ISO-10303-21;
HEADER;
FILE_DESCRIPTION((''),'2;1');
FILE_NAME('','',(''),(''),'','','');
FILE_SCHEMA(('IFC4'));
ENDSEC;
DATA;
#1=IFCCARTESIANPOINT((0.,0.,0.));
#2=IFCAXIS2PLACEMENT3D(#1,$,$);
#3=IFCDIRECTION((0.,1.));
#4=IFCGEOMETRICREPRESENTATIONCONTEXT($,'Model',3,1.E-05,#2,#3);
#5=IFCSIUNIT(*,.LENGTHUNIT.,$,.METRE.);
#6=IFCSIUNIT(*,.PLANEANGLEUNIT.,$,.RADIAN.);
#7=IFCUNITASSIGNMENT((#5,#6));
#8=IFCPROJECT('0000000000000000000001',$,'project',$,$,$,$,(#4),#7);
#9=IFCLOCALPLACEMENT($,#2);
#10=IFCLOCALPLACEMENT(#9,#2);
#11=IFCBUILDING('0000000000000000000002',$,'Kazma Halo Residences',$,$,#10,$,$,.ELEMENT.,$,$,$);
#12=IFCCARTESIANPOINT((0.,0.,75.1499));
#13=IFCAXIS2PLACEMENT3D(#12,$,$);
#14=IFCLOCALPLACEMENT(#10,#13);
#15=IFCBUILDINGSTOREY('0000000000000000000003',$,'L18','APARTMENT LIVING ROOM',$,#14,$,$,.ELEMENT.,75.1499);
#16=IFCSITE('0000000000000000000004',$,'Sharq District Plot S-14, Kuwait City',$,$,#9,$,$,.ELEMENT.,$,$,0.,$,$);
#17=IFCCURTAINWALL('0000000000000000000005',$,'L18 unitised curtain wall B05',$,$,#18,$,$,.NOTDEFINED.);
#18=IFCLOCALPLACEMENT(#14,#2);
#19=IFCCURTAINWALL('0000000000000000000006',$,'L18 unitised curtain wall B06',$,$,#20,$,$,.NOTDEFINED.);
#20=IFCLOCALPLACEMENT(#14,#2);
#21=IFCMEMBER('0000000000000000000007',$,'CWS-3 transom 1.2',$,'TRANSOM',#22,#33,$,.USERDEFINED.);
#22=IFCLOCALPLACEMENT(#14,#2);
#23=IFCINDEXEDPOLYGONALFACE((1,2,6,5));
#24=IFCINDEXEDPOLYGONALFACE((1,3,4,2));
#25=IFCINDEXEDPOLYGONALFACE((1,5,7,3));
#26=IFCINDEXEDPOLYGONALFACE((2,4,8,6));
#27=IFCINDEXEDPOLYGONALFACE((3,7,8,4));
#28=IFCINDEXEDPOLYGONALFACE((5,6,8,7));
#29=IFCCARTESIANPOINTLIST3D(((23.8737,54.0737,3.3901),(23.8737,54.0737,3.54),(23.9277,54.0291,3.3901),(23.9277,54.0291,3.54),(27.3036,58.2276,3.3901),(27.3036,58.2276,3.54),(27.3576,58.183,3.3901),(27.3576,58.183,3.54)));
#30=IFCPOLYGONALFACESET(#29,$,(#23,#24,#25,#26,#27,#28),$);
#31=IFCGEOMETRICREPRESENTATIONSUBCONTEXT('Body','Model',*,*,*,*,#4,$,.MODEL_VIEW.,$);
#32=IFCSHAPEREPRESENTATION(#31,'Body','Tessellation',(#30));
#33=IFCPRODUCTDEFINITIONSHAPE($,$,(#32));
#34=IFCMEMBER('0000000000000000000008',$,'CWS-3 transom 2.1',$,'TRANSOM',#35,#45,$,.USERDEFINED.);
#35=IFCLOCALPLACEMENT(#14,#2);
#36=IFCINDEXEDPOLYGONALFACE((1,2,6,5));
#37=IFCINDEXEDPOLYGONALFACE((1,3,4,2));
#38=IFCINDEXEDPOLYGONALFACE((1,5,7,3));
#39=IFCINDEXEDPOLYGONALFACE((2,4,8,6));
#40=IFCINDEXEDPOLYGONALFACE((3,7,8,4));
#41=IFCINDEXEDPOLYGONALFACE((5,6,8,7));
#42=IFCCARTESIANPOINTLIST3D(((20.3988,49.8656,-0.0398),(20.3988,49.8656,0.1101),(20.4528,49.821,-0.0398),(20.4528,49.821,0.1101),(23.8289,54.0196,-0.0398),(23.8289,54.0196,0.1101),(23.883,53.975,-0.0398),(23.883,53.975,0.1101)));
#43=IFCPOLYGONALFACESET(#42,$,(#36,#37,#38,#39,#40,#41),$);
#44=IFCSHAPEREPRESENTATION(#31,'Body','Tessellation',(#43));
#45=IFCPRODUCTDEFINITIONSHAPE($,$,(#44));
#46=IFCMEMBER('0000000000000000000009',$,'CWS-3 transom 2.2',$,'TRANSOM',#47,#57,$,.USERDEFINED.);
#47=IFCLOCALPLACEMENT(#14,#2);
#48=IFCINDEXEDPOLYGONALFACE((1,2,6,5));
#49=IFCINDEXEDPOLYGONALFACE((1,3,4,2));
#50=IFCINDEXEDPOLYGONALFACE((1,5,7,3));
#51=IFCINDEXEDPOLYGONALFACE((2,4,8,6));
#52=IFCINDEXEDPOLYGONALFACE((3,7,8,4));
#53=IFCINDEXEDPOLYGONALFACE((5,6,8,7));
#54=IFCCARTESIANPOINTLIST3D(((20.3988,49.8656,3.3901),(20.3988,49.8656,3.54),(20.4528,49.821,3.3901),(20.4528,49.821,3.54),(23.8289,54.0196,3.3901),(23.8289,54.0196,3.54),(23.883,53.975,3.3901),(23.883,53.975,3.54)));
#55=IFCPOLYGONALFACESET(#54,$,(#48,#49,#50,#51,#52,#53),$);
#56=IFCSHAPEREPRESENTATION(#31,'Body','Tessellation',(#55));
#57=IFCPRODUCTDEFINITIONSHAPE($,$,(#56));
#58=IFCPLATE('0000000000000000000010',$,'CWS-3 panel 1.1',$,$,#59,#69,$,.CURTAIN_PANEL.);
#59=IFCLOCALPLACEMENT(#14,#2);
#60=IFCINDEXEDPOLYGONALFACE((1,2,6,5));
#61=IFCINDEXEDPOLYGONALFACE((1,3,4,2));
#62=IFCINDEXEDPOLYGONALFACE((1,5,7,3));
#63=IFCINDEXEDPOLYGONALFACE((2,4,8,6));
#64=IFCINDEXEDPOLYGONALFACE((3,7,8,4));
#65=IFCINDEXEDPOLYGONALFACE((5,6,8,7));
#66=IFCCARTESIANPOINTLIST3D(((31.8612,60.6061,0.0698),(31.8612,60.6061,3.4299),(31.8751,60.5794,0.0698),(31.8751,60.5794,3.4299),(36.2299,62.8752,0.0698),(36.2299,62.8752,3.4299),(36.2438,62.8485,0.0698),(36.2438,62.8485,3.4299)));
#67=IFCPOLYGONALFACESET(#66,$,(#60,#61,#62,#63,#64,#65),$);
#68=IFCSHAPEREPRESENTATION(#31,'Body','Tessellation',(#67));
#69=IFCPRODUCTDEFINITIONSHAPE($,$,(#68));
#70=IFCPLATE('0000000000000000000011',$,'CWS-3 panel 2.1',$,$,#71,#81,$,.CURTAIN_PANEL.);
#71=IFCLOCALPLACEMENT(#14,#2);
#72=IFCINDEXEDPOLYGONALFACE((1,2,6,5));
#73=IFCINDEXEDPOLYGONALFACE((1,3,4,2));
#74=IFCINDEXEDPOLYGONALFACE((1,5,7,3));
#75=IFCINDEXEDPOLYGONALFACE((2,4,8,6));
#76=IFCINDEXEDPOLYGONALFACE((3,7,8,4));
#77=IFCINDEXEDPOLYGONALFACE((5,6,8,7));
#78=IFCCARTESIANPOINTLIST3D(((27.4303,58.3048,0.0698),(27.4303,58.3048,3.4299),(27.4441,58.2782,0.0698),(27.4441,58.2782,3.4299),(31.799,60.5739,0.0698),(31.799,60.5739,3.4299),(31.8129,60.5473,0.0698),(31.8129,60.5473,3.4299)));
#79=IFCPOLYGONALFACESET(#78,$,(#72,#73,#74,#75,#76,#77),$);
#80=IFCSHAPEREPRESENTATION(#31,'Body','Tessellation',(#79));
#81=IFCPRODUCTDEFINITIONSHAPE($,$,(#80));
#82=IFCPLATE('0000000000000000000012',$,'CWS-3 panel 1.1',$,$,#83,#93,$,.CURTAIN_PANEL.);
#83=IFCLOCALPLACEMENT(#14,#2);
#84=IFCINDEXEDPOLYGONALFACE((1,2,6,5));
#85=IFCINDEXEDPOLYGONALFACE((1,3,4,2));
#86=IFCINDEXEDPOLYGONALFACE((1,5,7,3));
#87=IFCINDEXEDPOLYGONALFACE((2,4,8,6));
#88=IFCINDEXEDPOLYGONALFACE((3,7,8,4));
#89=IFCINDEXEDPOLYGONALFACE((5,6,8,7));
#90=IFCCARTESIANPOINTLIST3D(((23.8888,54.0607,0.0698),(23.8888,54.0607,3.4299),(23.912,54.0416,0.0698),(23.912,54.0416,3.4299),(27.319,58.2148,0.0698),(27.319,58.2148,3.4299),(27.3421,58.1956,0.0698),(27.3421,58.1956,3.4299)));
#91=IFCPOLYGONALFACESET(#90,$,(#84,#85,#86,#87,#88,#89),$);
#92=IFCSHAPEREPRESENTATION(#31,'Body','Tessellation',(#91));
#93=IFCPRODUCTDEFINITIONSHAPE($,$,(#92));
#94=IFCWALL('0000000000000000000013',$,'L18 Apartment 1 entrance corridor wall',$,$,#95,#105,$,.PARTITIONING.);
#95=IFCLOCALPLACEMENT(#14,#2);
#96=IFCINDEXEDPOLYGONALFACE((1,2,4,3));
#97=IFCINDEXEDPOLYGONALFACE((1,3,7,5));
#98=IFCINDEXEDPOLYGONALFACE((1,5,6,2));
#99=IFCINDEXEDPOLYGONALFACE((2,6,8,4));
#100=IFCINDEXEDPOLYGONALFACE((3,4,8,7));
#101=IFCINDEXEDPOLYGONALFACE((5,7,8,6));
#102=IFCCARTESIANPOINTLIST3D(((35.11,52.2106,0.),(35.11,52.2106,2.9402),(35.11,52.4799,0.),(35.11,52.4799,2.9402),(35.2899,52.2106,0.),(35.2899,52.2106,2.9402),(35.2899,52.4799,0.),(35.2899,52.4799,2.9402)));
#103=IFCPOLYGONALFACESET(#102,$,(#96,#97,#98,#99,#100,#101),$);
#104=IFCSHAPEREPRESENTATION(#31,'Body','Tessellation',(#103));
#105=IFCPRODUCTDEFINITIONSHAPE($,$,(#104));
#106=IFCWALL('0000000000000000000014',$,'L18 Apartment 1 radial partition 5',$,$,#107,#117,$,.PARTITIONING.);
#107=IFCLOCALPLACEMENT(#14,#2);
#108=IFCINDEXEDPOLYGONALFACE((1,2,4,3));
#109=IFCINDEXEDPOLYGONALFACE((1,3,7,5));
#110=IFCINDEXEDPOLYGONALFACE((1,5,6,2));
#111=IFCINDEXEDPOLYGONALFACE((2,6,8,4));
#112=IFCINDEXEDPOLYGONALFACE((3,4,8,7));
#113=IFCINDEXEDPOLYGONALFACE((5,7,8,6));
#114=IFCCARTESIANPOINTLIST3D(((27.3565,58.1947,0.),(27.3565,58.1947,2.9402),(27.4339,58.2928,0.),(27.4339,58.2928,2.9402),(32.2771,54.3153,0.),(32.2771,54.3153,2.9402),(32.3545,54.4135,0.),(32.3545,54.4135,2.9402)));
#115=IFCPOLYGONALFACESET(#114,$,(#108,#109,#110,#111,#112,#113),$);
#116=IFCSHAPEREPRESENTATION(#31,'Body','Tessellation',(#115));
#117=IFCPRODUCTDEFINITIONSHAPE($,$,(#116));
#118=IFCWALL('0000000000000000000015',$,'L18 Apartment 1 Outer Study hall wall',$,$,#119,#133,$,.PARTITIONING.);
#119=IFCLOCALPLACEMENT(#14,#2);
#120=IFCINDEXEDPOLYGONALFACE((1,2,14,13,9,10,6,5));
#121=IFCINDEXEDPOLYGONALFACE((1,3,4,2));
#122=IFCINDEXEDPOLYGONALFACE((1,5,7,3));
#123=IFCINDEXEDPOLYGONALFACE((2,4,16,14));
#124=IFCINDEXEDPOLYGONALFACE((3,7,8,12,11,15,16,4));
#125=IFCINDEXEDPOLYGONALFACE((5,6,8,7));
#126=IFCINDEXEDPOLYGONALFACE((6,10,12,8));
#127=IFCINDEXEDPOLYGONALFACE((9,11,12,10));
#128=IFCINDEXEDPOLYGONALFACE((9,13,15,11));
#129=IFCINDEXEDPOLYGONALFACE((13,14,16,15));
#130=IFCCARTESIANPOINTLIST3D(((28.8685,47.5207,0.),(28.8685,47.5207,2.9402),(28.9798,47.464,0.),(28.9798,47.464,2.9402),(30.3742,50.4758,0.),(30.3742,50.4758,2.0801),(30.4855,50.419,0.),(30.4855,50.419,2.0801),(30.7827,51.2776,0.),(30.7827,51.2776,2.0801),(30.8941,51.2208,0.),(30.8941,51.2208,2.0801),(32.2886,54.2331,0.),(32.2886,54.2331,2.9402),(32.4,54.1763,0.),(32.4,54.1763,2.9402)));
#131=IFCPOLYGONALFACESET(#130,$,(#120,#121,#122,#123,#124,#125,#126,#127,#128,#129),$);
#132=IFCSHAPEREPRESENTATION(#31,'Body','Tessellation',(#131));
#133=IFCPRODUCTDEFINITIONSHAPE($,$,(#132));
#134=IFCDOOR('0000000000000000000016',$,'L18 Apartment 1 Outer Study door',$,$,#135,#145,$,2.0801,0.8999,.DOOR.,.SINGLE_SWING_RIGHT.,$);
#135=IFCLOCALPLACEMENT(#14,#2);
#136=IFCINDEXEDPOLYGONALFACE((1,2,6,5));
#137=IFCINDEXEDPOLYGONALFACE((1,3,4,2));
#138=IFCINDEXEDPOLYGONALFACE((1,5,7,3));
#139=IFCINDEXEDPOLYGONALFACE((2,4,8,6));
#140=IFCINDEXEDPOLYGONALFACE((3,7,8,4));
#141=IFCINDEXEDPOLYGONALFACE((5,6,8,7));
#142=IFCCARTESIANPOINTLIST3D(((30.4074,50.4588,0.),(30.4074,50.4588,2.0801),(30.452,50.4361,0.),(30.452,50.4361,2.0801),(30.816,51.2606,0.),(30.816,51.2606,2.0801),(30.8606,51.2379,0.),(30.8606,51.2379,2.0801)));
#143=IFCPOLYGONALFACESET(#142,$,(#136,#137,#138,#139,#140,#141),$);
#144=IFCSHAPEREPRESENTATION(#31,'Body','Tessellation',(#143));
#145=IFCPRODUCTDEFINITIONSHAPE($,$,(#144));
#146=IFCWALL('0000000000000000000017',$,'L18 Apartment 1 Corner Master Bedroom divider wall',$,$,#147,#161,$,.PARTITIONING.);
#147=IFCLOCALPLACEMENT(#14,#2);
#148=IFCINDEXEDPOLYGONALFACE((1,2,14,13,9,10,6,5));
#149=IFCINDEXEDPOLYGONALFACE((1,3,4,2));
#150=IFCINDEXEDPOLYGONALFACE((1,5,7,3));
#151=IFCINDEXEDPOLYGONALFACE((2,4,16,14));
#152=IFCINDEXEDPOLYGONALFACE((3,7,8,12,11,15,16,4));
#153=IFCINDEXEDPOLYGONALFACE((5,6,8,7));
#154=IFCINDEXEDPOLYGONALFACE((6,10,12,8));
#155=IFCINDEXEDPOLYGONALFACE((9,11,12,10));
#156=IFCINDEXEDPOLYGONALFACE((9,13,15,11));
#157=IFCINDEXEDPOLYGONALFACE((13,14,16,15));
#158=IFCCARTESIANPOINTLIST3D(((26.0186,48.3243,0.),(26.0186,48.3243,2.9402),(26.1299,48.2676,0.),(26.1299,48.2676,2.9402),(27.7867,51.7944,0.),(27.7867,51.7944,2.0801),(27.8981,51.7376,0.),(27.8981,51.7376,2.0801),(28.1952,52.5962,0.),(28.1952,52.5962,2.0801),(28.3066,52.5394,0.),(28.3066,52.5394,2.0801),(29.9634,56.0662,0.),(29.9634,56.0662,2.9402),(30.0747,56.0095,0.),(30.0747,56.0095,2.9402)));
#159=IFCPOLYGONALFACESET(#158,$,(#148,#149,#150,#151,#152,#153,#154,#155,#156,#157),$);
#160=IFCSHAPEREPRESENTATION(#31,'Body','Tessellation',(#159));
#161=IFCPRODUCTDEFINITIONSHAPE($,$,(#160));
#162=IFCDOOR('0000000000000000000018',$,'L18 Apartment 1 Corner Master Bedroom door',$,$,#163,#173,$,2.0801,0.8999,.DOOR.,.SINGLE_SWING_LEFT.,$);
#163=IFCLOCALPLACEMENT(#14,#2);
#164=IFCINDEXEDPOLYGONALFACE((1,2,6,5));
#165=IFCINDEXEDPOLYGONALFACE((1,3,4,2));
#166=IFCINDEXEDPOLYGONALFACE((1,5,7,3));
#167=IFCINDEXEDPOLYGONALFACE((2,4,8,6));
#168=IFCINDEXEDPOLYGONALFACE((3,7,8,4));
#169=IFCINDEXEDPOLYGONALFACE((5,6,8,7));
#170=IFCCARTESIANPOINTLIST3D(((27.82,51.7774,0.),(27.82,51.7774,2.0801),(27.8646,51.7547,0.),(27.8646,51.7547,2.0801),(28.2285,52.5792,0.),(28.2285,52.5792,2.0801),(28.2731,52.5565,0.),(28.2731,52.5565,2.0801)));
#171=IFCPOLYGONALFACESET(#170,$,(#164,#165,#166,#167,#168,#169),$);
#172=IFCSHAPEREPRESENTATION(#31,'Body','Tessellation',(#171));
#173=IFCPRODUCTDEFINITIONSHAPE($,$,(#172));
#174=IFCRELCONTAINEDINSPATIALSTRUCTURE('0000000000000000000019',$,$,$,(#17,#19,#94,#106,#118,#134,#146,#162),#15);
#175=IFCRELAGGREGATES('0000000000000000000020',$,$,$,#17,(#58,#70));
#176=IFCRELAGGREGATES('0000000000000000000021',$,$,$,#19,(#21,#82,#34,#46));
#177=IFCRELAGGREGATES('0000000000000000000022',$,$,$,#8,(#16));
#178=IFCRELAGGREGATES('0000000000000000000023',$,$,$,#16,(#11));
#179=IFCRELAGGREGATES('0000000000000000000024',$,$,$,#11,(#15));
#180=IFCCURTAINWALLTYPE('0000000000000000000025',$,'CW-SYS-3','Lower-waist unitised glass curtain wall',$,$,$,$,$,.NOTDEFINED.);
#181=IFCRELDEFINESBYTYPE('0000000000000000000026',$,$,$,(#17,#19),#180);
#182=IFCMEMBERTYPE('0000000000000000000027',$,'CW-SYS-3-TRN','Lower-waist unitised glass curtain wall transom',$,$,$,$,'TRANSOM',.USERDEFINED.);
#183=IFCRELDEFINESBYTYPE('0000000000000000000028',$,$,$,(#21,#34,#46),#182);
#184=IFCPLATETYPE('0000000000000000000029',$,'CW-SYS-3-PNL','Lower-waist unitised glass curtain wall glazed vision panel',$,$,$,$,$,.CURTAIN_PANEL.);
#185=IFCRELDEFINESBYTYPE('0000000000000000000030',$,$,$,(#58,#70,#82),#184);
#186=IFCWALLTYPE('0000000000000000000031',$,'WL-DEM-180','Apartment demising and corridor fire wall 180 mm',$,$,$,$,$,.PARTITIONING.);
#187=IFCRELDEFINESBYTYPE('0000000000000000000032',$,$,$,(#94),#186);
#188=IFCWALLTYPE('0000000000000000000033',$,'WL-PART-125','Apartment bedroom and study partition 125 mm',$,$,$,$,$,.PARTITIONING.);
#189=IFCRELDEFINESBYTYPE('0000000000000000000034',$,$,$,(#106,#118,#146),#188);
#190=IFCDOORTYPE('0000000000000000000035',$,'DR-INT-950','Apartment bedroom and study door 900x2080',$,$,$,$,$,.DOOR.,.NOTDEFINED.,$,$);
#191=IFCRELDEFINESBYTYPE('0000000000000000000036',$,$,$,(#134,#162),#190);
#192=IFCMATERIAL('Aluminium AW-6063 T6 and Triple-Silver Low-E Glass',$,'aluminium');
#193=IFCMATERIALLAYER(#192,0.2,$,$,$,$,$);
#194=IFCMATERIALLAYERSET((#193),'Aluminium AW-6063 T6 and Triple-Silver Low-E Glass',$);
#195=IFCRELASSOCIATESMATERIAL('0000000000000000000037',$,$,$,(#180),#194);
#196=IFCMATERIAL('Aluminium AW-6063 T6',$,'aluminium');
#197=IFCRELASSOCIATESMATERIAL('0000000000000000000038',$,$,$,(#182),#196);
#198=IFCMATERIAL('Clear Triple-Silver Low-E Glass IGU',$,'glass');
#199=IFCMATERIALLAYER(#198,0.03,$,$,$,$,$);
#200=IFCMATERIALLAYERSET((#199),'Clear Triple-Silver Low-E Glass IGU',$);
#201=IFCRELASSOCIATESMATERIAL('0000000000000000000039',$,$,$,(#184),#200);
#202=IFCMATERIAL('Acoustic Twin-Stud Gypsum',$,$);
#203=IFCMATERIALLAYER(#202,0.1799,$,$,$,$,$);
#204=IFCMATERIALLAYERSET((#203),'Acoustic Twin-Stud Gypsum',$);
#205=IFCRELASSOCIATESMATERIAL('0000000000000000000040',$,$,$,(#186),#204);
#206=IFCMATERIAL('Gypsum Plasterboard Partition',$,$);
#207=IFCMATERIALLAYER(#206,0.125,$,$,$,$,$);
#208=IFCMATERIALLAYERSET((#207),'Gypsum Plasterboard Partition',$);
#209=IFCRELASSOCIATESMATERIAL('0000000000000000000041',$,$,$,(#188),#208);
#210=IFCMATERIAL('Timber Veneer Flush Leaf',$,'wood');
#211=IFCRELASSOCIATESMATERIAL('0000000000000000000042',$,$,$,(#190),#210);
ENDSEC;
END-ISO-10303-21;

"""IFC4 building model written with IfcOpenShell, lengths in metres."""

from ifc_helpers import new_model, si_unit, direction, frame, frame_2d, origin, origin_2d, place, context, subcontext, project, spatial, rectangle, extrude, material, layer, layer_set, material_profile, profile_set, type_object, element, fill, aggregate, save


model = new_model("IFC4")

# Units and contexts
model_context = context("Model", 3, precision=1e-05, world=origin(), true_north=direction((0.0, 1.0)))
body_context = subcontext(model_context, "Body", "Model", "MODEL_VIEW")
ifc_project = project(units=[si_unit("LENGTHUNIT", "METRE"), si_unit("PLANEANGLEUNIT", "RADIAN")], contexts=[model_context])

# Site, building, storey
site_placement = place(None, origin())
site = spatial("IfcSite", under=ifc_project, at=site_placement, Name="Sharq District Plot S-14, Kuwait City", CompositionType="ELEMENT", RefElevation=0.0)
building_placement = place(site_placement, origin())
building = spatial("IfcBuilding", under=site, at=building_placement, Name="Kazma Halo Residences", CompositionType="ELEMENT")
storey_placement = place(building_placement, frame((0.0, 0.0, 75.1499)))
storey = spatial("IfcBuildingStorey", under=building, at=storey_placement, Name="L18", Description="APARTMENT LIVING ROOM", CompositionType="ELEMENT", Elevation=75.1499)

# Shared definitions
ifc_material_1 = material(Name="Aluminium AW-6063 T6 and Triple-Silver Low-E Glass", Category="aluminium")
ifc_layer_1 = layer(ifc_material_1, 0.2)
ifc_layer_set_1 = layer_set([ifc_layer_1], Name="Aluminium AW-6063 T6 and Triple-Silver Low-E Glass")
curtain_wall_type = type_object("IfcCurtainWallType", Name="CW-SYS-3", Description="Lower-waist unitised glass curtain wall", PredefinedType="NOTDEFINED", material=ifc_layer_set_1)
ifc_material_2 = material(Name="Aluminium AW-6063 T6", Category="aluminium")

# Curtain walls
curtain_wall_1_placement = place(storey_placement, origin())
curtain_wall_1 = element("IfcCurtainWall", 1, at=curtain_wall_1_placement, inside=storey, type_object=curtain_wall_type, Name="L18 unitised curtain wall B05", PredefinedType="NOTDEFINED")
curtain_wall_2_placement = place(storey_placement, origin())
curtain_wall_2 = element("IfcCurtainWall", 2, at=curtain_wall_2_placement, inside=storey, type_object=curtain_wall_type, Name="L18 unitised curtain wall B06", PredefinedType="NOTDEFINED")

# Members
ifc_material_profile_1 = material_profile(ifc_material_2, rectangle(XDim=0.0701, YDim=0.1499, at=origin_2d()), Name="CWT-70x150")
ifc_profile_set_1 = profile_set([ifc_material_profile_1], Name="Aluminium AW-6063 T6")
member_type_1 = type_object("IfcMemberType", Name="CW-SYS-3-TRN", Description="Lower-waist unitised glass curtain wall transom", ElementType="TRANSOM", PredefinedType="USERDEFINED", material=ifc_profile_set_1)
member_1_placement = place(storey_placement, frame((27.3306, 58.2053, 3.4651), z_axis=(-0.636696, -0.771115, 0.0), x_axis=(0.771115, -0.636696, 0.0)))
member_1 = element("IfcMember", 3, at=member_1_placement, type_object=member_type_1, Name="CWS-3 transom 1.2", ObjectType="TRANSOM", PredefinedType="USERDEFINED", context=body_context, shape_type="SweptSolid", body=[
    extrude(rectangle(XDim=0.0701, YDim=0.1499, at=origin_2d()), origin(), (0.0, 0.0, 1.0), 5.387),
])
member_2_placement = place(storey_placement, frame((23.856, 53.9973, 0.0352), z_axis=(-0.636723, -0.771092, 0.0), x_axis=(0.771092, -0.636723, 0.0)))
member_2 = element("IfcMember", 4, at=member_2_placement, type_object=member_type_1, Name="CWS-3 transom 2.1", ObjectType="TRANSOM", PredefinedType="USERDEFINED", context=body_context, shape_type="SweptSolid", body=[
    extrude(rectangle(XDim=0.0701, YDim=0.1499, at=origin_2d()), origin(), (0.0, 0.0, 1.0), 5.3872),
])
member_3_placement = place(storey_placement, frame((23.856, 53.9973, 3.4651), z_axis=(-0.636723, -0.771092, 0.0), x_axis=(0.771092, -0.636723, 0.0)))
member_3 = element("IfcMember", 5, at=member_3_placement, type_object=member_type_1, Name="CWS-3 transom 2.2", ObjectType="TRANSOM", PredefinedType="USERDEFINED", context=body_context, shape_type="SweptSolid", body=[
    extrude(rectangle(XDim=0.0701, YDim=0.1499, at=origin_2d()), origin(), (0.0, 0.0, 1.0), 5.3872),
])

# Plates
ifc_material_3 = material(Name="Clear Triple-Silver Low-E Glass IGU", Category="glass")
ifc_layer_2 = layer(ifc_material_3, 0.03)
ifc_layer_set_2 = layer_set([ifc_layer_2], Name="Clear Triple-Silver Low-E Glass IGU")
plate_type = type_object("IfcPlateType", Name="CW-SYS-3-PNL", Description="Lower-waist unitised glass curtain wall glazed vision panel", PredefinedType="CURTAIN_PANEL", material=ifc_layer_set_2)
plate_1_placement = place(storey_placement, frame((34.0525, 61.7273, 0.0698), z_axis=(0.0, 0.0, 1.0), x_axis=(-0.887435, -0.460932, 0.0)))
plate_1 = element("IfcPlate", 6, at=plate_1_placement, type_object=plate_type, Name="CWS-3 panel 1.1", PredefinedType="CURTAIN_PANEL", context=body_context, shape_type="SweptSolid", body=[
    extrude(rectangle(XDim=4.9229, YDim=0.03, at=origin_2d()), origin(), (0.0, 0.0, 1.0), 3.3601),
])
plate_2_placement = place(storey_placement, frame((29.6216, 59.426, 0.0698), z_axis=(0.0, 0.0, 1.0), x_axis=(-0.887435, -0.460932, 0.0)))
plate_2 = element("IfcPlate", 7, at=plate_2_placement, type_object=plate_type, Name="CWS-3 panel 2.1", PredefinedType="CURTAIN_PANEL", context=body_context, shape_type="SweptSolid", body=[
    extrude(rectangle(XDim=4.9229, YDim=0.03, at=origin_2d()), origin(), (0.0, 0.0, 1.0), 3.3601),
])
aggregate(curtain_wall_1, [plate_1, plate_2])
plate_3_placement = place(storey_placement, frame((25.6155, 56.1282, 0.0698), z_axis=(0.0, 0.0, 1.0), x_axis=(-0.636721, -0.771095, 0.0)))
plate_3 = element("IfcPlate", 8, at=plate_3_placement, type_object=plate_type, Name="CWS-3 panel 1.1", PredefinedType="CURTAIN_PANEL", context=body_context, shape_type="SweptSolid", body=[
    extrude(rectangle(XDim=5.3872, YDim=0.03, at=origin_2d()), origin(), (0.0, 0.0, 1.0), 3.3601),
])
aggregate(curtain_wall_2, [member_1, plate_3, member_2, member_3])

# Walls
ifc_material_4 = material(Name="Acoustic Twin-Stud Gypsum")
ifc_layer_3 = layer(ifc_material_4, 0.1799)
ifc_layer_set_3 = layer_set([ifc_layer_3], Name="Acoustic Twin-Stud Gypsum")
wall_type_1 = type_object("IfcWallType", Name="WL-DEM-180", Description="Apartment demising and corridor fire wall 180 mm", PredefinedType="PARTITIONING", material=ifc_layer_set_3)
wall_1_placement = place(storey_placement, frame((35.2, 52.48, 0.0), z_axis=(0.0, 0.0, 1.0), x_axis=(0.0, -1.0, 0.0)))
element("IfcWall", 9, at=wall_1_placement, inside=storey, type_object=wall_type_1, Name="L18 Apartment 1 entrance corridor wall", PredefinedType="PARTITIONING", context=body_context, shape_type="SweptSolid", body=[
    extrude(rectangle(XDim=0.2693, YDim=0.1799, at=frame_2d((0.1348, 0.0))), origin(), (0.0, 0.0, 1.0), 2.9402),
])
ifc_material_5 = material(Name="Gypsum Plasterboard Partition")
ifc_layer_4 = layer(ifc_material_5, 0.125)
ifc_layer_set_4 = layer_set([ifc_layer_4], Name="Gypsum Plasterboard Partition")
wall_type_2 = type_object("IfcWallType", Name="WL-PART-125", Description="Apartment bedroom and study partition 125 mm", PredefinedType="PARTITIONING", material=ifc_layer_set_4)
wall_2_placement = place(storey_placement, frame((32.3157, 54.3645, 0.0), z_axis=(0.0, 0.0, 1.0), x_axis=(-0.785296, 0.61912, 0.0)))
element("IfcWall", 10, at=wall_2_placement, inside=storey, type_object=wall_type_2, Name="L18 Apartment 1 radial partition 5", PredefinedType="PARTITIONING", context=body_context, shape_type="SweptSolid", body=[
    extrude(rectangle(XDim=6.2659, YDim=0.125, at=frame_2d((3.1328, 0.0))), origin(), (0.0, 0.0, 1.0), 2.9402),
])

# Walls, openings, doors
wall_3_placement = place(storey_placement, frame((32.3442, 54.2046, 0.0), z_axis=(0.0, 0.0, 1.0), x_axis=(-0.453993, -0.891005, 0.0)))
wall_3 = element("IfcWall", 11, at=wall_3_placement, inside=storey, type_object=wall_type_2, Name="L18 Apartment 1 Outer Study hall wall", PredefinedType="PARTITIONING", context=body_context, shape_type="SweptSolid", body=[
    extrude(rectangle(XDim=7.5334, YDim=0.125, at=frame_2d((3.7666, 0.0))), origin(), (0.0, 0.0, 1.0), 2.9402),
])
opening_1_placement = place(wall_3_placement, frame((3.3169, 0.0, 0.0)))
opening_1 = element("IfcOpeningElement", 12, at=opening_1_placement, cuts=wall_3, PredefinedType="OPENING", context=body_context, shape_type="SweptSolid", body=[
    extrude(rectangle(XDim=0.8999, YDim=2.0801, at=frame_2d((0.45, 1.04))), frame((0.0, 0.0725, 0.0), z_axis=(0.0, -1.0, 0.0), x_axis=(1.0, 0.0, 0.0)), (0.0, 0.0, 1.0), 0.145),
])
ifc_material_6 = material(Name="Timber Veneer Flush Leaf", Category="wood")
door_type = type_object("IfcDoorType", Name="DR-INT-950", Description="Apartment bedroom and study door 900x2080", OperationType="NOTDEFINED", PredefinedType="DOOR", material=ifc_material_6)
door_1_placement = place(opening_1_placement, origin())
door_1 = element("IfcDoor", 13, at=door_1_placement, inside=storey, type_object=door_type, Name="L18 Apartment 1 Outer Study door", OperationType="SINGLE_SWING_RIGHT", OverallHeight=2.0801, OverallWidth=0.8999, PredefinedType="DOOR", context=body_context, shape_type="SweptSolid", body=[
    extrude(rectangle(XDim=0.8999, YDim=2.0801, at=frame_2d((0.45, 1.04))), frame((0.0, 0.0249, 0.0), z_axis=(0.0, -1.0, 0.0), x_axis=(1.0, 0.0, 0.0)), (0.0, 0.0, 1.0), 0.05),
])
fill(opening_1, door_1)
wall_4_placement = place(storey_placement, frame((30.019, 56.0378, 0.0), z_axis=(0.0, 0.0, 1.0), x_axis=(-0.454, -0.891002, 0.0)))
wall_4 = element("IfcWall", 14, at=wall_4_placement, inside=storey, type_object=wall_type_2, Name="L18 Apartment 1 Corner Master Bedroom divider wall", PredefinedType="PARTITIONING", context=body_context, shape_type="SweptSolid", body=[
    extrude(rectangle(XDim=8.689, YDim=0.125, at=frame_2d((4.3445, 0.0))), origin(), (0.0, 0.0, 1.0), 2.9402),
])
opening_2_placement = place(wall_4_placement, frame((3.8945, 0.0, 0.0)))
opening_2 = element("IfcOpeningElement", 15, at=opening_2_placement, cuts=wall_4, PredefinedType="OPENING", context=body_context, shape_type="SweptSolid", body=[
    extrude(rectangle(XDim=0.8999, YDim=2.0801, at=frame_2d((0.45, 1.04))), frame((0.0, 0.0725, 0.0), z_axis=(0.0, -1.0, 0.0), x_axis=(1.0, 0.0, 0.0)), (0.0, 0.0, 1.0), 0.145),
])
door_2_placement = place(opening_2_placement, origin())
door_2 = element("IfcDoor", 16, at=door_2_placement, inside=storey, type_object=door_type, Name="L18 Apartment 1 Corner Master Bedroom door", OperationType="SINGLE_SWING_LEFT", OverallHeight=2.0801, OverallWidth=0.8999, PredefinedType="DOOR", context=body_context, shape_type="SweptSolid", body=[
    extrude(rectangle(XDim=0.8999, YDim=2.0801, at=frame_2d((0.45, 1.04))), frame((0.0, 0.0249, 0.0), z_axis=(0.0, -1.0, 0.0), x_axis=(1.0, 0.0, 0.0)), (0.0, 0.0, 1.0), 0.05),
])
fill(opening_2, door_2)

save(model, "model.ifc")
